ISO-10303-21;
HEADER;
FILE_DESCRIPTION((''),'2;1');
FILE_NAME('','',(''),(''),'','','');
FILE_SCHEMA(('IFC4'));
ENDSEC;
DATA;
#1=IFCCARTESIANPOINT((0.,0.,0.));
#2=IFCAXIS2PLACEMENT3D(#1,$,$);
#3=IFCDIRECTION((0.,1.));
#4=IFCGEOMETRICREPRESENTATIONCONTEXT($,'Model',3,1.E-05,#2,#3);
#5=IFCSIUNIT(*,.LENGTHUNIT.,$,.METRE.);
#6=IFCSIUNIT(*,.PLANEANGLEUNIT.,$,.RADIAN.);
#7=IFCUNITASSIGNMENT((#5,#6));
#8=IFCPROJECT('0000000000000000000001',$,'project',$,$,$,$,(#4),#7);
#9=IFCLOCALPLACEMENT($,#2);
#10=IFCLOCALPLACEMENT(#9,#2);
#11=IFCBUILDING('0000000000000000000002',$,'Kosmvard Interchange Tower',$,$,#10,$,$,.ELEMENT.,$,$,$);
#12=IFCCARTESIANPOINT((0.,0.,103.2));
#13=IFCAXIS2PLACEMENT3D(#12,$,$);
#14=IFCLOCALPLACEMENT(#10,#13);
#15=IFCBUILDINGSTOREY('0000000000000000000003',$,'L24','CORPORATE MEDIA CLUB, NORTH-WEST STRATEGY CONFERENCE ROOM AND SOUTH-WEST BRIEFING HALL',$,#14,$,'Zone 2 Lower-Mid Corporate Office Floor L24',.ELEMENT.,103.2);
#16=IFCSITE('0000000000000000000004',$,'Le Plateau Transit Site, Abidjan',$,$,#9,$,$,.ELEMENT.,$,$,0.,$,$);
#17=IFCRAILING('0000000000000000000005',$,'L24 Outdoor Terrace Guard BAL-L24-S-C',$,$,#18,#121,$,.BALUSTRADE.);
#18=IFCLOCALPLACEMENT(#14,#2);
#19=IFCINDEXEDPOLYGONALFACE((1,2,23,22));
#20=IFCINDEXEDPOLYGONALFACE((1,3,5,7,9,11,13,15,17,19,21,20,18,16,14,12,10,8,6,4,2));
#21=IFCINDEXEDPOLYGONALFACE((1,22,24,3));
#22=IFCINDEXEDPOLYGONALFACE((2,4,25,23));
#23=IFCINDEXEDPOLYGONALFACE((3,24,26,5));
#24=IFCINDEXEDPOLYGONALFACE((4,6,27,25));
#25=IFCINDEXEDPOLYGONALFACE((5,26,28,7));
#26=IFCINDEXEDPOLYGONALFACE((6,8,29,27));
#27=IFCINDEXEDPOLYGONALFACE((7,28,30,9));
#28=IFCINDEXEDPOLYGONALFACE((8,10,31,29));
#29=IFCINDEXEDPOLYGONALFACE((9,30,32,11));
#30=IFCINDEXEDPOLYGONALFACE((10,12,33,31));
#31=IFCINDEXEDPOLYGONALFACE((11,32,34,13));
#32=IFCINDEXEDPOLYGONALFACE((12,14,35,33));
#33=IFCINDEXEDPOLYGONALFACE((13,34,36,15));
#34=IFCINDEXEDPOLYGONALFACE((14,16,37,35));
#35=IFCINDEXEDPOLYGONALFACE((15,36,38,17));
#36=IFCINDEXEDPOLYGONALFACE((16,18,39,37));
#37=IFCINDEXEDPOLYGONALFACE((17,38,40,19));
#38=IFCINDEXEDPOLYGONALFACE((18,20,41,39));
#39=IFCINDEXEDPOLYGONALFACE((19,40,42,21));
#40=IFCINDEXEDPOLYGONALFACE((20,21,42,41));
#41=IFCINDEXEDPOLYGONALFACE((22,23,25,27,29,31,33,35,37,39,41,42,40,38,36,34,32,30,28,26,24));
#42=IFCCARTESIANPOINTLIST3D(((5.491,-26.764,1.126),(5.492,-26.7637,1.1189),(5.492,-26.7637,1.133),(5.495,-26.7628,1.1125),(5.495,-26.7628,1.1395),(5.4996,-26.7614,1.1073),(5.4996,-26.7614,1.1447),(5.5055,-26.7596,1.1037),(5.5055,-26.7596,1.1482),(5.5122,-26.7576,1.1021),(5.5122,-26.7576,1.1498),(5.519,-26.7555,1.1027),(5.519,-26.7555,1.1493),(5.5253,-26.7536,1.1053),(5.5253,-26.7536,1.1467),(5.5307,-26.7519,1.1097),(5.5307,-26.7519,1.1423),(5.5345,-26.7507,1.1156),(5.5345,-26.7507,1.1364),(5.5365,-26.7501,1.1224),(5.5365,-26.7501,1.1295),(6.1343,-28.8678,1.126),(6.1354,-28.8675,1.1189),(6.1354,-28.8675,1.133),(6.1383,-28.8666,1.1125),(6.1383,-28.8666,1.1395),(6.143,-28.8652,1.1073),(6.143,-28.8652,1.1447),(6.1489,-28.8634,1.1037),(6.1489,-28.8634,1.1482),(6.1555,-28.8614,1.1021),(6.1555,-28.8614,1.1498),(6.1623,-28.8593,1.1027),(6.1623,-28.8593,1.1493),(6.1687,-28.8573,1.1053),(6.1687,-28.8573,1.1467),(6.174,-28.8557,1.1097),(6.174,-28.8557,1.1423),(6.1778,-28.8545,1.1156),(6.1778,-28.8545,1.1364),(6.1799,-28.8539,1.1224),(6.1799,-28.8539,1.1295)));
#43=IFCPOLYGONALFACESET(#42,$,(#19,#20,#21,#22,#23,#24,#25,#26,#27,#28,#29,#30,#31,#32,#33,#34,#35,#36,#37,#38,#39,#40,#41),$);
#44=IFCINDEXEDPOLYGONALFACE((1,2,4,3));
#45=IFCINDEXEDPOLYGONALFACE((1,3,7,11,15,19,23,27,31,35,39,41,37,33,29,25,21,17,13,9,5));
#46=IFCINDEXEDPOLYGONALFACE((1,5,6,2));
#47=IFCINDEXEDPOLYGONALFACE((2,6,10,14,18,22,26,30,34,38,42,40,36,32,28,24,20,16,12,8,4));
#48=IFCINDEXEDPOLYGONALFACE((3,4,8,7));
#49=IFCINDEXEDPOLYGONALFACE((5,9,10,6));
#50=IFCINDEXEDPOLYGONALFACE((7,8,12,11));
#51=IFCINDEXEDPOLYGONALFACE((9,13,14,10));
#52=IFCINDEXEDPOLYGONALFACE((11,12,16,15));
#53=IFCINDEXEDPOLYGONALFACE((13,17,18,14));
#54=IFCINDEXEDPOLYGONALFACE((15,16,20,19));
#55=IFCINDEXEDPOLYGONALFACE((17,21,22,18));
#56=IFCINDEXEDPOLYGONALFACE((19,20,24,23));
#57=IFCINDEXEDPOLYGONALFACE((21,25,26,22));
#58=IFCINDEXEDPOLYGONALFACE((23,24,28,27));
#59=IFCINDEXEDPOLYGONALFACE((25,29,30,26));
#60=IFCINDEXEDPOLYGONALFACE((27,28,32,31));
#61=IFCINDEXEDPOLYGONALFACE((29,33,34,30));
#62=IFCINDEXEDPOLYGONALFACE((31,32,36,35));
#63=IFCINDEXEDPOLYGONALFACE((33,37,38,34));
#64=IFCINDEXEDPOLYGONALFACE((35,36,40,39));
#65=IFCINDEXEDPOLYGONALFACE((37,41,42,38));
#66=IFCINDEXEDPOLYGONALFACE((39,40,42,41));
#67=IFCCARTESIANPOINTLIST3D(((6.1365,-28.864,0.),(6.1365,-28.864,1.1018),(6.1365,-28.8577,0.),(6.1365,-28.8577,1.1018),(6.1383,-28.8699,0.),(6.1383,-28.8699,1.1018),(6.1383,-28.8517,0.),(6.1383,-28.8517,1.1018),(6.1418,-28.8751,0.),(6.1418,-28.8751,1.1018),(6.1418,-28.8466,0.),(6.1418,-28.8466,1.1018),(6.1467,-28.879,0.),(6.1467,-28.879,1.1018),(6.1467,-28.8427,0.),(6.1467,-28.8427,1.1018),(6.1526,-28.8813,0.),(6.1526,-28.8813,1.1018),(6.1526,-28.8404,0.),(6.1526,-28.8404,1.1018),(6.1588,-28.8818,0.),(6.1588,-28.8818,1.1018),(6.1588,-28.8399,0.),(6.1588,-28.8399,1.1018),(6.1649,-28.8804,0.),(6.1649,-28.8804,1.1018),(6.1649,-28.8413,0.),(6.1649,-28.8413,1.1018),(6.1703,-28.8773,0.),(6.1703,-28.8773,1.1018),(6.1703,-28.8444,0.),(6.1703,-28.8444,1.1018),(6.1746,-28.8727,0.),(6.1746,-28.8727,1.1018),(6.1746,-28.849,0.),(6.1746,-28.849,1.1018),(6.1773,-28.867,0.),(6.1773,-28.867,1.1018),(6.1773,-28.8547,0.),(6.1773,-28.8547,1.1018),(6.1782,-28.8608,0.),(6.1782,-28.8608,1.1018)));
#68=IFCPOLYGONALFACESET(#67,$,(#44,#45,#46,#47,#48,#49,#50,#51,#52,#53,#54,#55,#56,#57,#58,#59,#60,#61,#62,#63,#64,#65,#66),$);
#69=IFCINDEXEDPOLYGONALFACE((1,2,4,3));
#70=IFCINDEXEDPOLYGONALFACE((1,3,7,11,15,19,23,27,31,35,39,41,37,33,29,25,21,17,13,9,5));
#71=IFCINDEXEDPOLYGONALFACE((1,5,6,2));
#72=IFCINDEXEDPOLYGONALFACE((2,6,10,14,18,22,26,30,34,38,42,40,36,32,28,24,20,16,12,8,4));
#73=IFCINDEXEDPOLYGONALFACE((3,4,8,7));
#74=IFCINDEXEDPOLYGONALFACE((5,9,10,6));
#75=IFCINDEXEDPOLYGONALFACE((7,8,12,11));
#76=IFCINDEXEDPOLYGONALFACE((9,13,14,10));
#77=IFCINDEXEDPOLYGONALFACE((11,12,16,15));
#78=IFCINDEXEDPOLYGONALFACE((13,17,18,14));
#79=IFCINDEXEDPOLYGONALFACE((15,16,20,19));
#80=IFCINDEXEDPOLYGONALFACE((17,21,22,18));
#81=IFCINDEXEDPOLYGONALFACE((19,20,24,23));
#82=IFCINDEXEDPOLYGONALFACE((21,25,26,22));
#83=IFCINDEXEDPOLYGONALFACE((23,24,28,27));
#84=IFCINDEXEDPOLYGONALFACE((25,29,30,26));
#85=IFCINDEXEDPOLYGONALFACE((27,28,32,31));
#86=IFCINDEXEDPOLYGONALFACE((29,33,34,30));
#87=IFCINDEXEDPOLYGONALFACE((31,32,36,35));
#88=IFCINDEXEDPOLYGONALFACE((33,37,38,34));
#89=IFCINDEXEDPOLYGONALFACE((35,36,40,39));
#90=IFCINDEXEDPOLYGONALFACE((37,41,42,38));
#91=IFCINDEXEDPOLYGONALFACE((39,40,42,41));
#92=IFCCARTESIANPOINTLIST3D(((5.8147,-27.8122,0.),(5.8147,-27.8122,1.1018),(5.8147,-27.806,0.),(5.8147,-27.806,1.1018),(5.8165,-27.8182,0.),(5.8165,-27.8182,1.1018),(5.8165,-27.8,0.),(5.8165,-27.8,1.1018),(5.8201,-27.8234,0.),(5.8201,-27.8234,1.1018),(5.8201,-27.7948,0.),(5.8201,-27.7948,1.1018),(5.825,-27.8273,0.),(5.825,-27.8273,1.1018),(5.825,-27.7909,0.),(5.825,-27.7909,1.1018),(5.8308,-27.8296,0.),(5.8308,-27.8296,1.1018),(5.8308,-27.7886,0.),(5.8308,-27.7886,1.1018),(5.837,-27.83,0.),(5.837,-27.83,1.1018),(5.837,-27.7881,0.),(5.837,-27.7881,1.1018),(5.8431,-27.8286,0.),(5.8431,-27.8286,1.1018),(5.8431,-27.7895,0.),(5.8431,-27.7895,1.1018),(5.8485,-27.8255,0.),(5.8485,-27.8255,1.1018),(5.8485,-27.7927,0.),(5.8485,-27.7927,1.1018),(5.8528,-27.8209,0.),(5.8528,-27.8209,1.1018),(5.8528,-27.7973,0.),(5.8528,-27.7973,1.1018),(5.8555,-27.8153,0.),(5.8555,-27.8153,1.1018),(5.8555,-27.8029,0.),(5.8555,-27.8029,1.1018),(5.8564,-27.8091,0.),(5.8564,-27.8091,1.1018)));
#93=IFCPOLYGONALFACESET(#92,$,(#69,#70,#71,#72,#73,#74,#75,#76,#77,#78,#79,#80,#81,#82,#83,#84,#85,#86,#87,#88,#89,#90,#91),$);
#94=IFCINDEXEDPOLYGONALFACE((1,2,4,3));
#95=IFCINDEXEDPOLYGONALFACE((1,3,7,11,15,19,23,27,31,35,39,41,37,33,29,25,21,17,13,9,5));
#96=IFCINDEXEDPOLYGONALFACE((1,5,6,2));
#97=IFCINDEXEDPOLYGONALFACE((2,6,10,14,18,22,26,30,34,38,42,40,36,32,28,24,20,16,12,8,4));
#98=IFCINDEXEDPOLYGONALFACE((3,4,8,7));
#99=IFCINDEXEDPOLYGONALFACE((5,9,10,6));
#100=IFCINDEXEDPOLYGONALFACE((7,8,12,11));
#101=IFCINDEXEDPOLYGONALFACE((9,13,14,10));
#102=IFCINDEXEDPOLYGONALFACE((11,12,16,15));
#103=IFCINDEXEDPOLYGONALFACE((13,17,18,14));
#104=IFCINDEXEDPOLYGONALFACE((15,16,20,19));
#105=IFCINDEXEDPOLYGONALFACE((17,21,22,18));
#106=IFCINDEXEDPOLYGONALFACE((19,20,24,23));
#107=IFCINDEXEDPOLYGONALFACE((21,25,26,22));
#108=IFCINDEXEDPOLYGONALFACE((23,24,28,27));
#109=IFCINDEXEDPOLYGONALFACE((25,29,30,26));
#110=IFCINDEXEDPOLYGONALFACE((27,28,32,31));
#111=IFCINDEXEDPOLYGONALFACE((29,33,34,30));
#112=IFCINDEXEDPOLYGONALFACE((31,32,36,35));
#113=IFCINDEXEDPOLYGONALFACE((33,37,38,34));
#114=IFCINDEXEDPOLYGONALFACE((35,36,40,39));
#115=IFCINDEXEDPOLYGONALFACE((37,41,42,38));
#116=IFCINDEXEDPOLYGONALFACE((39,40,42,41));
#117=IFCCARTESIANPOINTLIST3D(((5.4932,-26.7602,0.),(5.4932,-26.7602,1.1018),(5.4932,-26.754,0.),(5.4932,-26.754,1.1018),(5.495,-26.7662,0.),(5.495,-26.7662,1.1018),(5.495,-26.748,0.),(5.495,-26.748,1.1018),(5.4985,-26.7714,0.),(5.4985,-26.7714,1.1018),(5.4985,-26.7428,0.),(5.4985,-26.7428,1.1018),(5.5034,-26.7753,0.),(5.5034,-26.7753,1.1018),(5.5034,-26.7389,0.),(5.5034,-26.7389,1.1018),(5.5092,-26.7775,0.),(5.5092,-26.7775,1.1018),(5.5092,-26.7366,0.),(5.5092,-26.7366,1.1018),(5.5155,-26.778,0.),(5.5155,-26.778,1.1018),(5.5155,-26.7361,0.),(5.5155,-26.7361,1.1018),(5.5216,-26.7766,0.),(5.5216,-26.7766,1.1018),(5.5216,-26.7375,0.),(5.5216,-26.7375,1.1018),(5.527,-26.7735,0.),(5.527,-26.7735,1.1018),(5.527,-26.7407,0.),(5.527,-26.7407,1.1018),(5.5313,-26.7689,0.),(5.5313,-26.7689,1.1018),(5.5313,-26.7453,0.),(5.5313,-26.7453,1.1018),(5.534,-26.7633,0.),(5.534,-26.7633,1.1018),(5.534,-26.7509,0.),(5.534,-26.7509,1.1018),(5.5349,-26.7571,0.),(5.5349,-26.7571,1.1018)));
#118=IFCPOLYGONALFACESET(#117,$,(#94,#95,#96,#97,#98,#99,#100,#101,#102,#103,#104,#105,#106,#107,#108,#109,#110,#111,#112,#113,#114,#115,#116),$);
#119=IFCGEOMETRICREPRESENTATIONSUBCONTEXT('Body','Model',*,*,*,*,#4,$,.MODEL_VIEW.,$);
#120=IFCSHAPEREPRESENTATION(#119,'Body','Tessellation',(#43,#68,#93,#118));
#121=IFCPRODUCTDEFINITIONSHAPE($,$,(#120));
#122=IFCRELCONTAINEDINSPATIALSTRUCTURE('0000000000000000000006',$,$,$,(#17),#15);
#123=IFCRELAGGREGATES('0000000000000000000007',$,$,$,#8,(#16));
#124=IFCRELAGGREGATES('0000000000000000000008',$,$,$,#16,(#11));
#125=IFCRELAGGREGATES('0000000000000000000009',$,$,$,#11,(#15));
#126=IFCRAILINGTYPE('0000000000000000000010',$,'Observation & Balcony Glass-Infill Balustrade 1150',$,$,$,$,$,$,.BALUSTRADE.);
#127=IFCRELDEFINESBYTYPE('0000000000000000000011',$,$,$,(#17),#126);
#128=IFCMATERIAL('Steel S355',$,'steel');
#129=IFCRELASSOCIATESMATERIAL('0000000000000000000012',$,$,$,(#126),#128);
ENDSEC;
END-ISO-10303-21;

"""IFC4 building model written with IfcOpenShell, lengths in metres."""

from ifc_helpers import new_model, si_unit, direction, frame, origin, origin_2d, place, context, subcontext, project, spatial, circle, extrude, source, transform, mapped, material, type_object, element, save


model = new_model("IFC4")

# Units and contexts
model_context = context("Model", 3, precision=1e-05, world=origin(), true_north=direction((0.0, 1.0)))
body_context = subcontext(model_context, "Body", "Model", "MODEL_VIEW")
ifc_project = project(units=[si_unit("LENGTHUNIT", "METRE"), si_unit("PLANEANGLEUNIT", "RADIAN")], contexts=[model_context])

# Site, building, storey
site_placement = place(None, origin())
site = spatial("IfcSite", under=ifc_project, at=site_placement, Name="Le Plateau Transit Site, Abidjan", CompositionType="ELEMENT", RefElevation=0.0)
building_placement = place(site_placement, origin())
building = spatial("IfcBuilding", under=site, at=building_placement, Name="Kosmvard Interchange Tower", CompositionType="ELEMENT")
storey_placement = place(building_placement, frame((0.0, 0.0, 103.2)))
storey = spatial("IfcBuildingStorey", under=building, at=storey_placement, Name="L24", Description="CORPORATE MEDIA CLUB, NORTH-WEST STRATEGY CONFERENCE ROOM AND SOUTH-WEST BRIEFING HALL", LongName="Zone 2 Lower-Mid Corporate Office Floor L24", CompositionType="ELEMENT", Elevation=103.2)

# Shared definitions
ifc_material_1 = material(Name="Steel S355", Category="steel")

# Railing
railing_type = type_object("IfcRailingType", Name="Observation & Balcony Glass-Infill Balustrade 1150", PredefinedType="BALUSTRADE", material=ifc_material_1)
shared_shape_1 = source(origin(), body_context, "Body", "SweptSolid", [
    extrude(circle(Radius=0.0239, at=origin_2d()), frame((0.0, 0.0, 1.126), z_axis=(-0.292424, 0.956289, 0.0), x_axis=(-0.956289, -0.292424, 0.0)), (0.0, 0.0, 1.0), 2.2),
    extrude(circle(Radius=0.021, at=origin_2d()), origin(), (0.0, 0.0, 1.0), 1.1018),
    extrude(circle(Radius=0.021, at=origin_2d()), frame((-0.3218, 1.0518, 0.0)), (0.0, 0.0, 1.0), 1.1018),
    extrude(circle(Radius=0.021, at=origin_2d()), frame((-0.6433, 2.1038, 0.0)), (0.0, 0.0, 1.0), 1.1018),
])
railing_1_placement = place(storey_placement, frame((6.1572, -28.8608, 0.0)))
element("IfcRailing", 1, at=railing_1_placement, inside=storey, type_object=railing_type, Name="L24 Outdoor Terrace Guard BAL-L24-S-C", PredefinedType="BALUSTRADE", context=body_context, shape_type="MappedRepresentation", body=[
    mapped(shared_shape_1, transform((0.0, 0.0, 0.0), scale=1.0)),
])

save(model, "model.ifc")
